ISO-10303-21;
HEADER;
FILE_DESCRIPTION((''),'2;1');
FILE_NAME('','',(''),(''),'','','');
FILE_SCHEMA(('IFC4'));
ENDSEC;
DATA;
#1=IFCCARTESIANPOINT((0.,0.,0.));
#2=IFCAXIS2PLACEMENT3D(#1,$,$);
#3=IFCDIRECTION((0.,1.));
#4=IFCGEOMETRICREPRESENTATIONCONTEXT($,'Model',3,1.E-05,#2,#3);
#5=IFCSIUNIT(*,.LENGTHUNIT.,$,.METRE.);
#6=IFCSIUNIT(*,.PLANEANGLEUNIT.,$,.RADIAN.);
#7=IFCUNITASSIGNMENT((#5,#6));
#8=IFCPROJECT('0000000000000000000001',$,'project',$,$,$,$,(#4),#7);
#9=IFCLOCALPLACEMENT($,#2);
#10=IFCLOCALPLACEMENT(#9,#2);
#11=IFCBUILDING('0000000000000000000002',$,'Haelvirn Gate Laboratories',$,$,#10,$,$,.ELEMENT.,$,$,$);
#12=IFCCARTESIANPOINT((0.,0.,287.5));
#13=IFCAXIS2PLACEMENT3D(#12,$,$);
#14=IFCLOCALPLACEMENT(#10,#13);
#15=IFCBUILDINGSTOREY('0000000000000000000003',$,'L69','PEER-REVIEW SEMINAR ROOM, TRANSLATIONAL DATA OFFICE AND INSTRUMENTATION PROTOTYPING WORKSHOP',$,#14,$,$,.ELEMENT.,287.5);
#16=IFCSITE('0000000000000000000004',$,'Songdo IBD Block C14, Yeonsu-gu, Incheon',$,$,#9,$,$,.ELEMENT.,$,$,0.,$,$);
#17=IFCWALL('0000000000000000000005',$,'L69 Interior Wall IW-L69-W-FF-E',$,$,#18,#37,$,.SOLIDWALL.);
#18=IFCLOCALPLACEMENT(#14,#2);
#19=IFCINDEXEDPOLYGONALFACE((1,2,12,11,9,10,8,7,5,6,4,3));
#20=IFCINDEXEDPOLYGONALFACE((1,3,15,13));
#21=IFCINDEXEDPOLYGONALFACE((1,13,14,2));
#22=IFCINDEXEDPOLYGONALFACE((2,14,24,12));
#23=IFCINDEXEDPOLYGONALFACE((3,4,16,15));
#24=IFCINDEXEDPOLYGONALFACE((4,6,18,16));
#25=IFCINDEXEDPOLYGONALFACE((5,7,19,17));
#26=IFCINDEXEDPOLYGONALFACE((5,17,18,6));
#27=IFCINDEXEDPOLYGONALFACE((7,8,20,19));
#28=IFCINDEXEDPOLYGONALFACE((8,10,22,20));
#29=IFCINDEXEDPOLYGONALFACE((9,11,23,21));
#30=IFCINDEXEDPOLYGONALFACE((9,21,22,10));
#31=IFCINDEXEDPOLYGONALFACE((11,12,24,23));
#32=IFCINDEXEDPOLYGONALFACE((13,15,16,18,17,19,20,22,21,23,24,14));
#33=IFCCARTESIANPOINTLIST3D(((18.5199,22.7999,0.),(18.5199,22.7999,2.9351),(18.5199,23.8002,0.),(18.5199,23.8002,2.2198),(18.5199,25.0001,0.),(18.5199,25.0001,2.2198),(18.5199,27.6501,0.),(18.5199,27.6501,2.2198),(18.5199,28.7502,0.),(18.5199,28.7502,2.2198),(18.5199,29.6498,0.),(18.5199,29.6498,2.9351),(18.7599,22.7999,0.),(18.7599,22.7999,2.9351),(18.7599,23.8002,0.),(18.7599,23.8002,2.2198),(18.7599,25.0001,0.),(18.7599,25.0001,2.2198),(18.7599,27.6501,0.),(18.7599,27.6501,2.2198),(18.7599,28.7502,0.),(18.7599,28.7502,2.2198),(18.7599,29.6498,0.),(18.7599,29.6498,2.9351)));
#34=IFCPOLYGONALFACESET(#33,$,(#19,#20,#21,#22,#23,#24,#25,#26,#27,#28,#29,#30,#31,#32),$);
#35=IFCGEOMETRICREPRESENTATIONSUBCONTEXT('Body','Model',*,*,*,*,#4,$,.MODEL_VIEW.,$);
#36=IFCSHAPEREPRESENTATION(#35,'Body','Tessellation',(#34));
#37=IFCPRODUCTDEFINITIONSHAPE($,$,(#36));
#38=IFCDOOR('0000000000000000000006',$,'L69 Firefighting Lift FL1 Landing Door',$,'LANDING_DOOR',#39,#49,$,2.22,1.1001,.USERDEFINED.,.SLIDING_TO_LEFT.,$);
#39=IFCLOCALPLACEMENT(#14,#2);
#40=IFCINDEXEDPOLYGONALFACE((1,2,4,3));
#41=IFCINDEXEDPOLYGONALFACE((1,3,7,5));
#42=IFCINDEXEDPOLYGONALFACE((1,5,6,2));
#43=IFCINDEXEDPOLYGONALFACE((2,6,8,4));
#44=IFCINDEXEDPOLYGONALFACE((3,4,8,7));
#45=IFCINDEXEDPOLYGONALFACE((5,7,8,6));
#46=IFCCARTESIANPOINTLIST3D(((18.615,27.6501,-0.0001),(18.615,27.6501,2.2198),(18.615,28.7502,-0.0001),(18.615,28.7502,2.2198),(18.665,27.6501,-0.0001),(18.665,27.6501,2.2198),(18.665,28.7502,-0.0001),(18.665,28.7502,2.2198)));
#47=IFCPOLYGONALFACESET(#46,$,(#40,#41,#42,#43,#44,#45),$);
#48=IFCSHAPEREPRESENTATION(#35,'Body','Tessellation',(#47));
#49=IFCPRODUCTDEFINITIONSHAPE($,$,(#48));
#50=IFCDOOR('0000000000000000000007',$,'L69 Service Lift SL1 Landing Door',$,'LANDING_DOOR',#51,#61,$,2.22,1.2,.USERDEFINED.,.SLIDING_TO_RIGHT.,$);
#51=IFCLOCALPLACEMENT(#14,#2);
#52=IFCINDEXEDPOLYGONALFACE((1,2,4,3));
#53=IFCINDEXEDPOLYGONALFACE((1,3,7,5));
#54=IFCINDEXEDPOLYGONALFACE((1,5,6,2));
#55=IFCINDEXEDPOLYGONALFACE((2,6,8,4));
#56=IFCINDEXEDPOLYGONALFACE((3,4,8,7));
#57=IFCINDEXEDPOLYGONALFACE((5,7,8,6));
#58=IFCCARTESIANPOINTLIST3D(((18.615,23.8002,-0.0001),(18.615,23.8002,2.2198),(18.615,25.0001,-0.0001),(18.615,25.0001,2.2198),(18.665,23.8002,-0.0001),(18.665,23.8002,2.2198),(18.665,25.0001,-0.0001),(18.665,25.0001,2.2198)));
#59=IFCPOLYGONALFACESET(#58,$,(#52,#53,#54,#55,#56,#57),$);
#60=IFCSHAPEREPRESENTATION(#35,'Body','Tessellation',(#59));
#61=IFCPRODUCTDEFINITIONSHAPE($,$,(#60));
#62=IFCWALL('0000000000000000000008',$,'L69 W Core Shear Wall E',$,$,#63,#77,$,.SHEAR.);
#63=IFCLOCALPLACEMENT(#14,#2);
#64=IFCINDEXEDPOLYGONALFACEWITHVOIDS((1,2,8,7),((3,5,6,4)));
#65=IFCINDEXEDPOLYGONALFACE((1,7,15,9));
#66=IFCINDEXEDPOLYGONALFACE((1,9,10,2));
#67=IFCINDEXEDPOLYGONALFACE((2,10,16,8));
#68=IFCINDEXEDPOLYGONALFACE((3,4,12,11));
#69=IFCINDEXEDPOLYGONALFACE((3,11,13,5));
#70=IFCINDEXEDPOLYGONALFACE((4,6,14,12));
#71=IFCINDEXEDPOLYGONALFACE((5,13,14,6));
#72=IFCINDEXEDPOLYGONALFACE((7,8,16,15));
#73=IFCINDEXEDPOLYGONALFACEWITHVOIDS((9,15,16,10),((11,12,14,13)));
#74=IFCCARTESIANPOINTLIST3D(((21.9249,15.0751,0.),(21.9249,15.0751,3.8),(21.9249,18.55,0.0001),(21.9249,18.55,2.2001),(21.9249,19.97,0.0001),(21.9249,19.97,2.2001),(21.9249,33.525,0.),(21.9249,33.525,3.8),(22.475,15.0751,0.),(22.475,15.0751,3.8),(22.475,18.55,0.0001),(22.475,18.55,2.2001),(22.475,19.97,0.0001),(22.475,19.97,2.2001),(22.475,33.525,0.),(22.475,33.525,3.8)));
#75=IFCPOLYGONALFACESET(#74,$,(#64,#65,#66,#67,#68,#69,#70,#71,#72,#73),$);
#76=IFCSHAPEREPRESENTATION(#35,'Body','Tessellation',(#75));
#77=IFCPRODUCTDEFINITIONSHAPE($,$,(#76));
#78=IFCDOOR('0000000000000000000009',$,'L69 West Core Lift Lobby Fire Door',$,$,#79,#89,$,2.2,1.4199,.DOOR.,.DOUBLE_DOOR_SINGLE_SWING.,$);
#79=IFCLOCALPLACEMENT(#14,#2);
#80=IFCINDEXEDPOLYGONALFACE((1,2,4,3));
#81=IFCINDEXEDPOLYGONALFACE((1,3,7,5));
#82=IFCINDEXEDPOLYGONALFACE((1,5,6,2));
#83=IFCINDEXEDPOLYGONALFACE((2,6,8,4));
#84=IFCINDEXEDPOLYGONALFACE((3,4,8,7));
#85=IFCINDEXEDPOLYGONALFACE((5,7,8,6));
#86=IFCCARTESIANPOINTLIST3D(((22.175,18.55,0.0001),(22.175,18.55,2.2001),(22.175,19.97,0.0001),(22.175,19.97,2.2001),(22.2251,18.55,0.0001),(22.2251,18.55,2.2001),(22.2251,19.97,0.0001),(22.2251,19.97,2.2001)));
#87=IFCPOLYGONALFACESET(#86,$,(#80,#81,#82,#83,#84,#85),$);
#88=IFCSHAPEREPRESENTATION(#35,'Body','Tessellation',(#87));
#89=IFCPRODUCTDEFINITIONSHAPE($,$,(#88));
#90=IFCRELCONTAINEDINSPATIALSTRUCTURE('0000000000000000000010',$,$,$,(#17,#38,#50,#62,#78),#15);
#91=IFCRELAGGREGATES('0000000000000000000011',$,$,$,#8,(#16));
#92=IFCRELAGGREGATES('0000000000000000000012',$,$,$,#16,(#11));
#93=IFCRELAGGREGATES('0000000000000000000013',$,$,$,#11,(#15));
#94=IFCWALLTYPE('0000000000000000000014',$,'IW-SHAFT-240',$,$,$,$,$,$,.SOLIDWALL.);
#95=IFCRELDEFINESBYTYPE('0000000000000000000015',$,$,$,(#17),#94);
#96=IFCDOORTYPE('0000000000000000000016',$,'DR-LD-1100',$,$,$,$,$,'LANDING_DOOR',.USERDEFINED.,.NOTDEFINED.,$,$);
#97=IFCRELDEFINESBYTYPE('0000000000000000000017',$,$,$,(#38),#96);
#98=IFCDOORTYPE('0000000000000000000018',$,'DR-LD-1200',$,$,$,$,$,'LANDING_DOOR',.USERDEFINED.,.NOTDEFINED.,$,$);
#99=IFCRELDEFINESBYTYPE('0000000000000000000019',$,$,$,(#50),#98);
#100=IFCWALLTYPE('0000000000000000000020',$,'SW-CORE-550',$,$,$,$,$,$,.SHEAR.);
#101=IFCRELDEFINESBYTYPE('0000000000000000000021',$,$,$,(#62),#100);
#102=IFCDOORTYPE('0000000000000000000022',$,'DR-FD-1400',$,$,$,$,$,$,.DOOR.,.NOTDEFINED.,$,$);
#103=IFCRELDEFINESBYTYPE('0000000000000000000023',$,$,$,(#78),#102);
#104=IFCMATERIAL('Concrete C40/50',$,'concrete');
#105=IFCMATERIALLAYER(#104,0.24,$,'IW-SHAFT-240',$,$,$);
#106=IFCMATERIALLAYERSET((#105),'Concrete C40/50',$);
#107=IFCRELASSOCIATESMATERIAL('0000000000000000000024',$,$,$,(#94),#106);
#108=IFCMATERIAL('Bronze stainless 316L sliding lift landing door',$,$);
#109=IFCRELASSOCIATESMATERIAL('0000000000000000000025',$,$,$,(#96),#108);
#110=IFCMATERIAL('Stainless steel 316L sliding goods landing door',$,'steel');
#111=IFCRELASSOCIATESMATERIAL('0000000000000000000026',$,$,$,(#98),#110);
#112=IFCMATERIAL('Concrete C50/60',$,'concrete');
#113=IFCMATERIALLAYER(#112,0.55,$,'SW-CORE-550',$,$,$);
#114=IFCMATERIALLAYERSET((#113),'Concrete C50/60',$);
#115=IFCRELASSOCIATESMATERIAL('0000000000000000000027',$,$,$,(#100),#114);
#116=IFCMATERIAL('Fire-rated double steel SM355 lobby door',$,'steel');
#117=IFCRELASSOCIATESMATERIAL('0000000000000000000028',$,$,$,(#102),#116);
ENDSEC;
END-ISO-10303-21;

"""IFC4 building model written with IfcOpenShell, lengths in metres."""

from ifc_helpers import new_model, si_unit, direction, frame, frame_2d, origin, place, context, subcontext, project, spatial, rectangle, extrude, source, transform, mapped, material, layer, layer_set, type_object, type_shapes, element, fill, save


model = new_model("IFC4")

# Units and contexts
model_context = context("Model", 3, precision=1e-05, world=origin(), true_north=direction((0.0, 1.0)))
body_context = subcontext(model_context, "Body", "Model", "MODEL_VIEW")
ifc_project = project(units=[si_unit("LENGTHUNIT", "METRE"), si_unit("PLANEANGLEUNIT", "RADIAN")], contexts=[model_context])

# Site, building, storey
site_placement = place(None, origin())
site = spatial("IfcSite", under=ifc_project, at=site_placement, Name="Songdo IBD Block C14, Yeonsu-gu, Incheon", CompositionType="ELEMENT", RefElevation=0.0)
building_placement = place(site_placement, origin())
building = spatial("IfcBuilding", under=site, at=building_placement, Name="Haelvirn Gate Laboratories", CompositionType="ELEMENT")
storey_placement = place(building_placement, frame((0.0, 0.0, 287.5)))
storey = spatial("IfcBuildingStorey", under=building, at=storey_placement, Name="L69", Description="PEER-REVIEW SEMINAR ROOM, TRANSLATIONAL DATA OFFICE AND INSTRUMENTATION PROTOTYPING WORKSHOP", CompositionType="ELEMENT", Elevation=287.5)

# Shared definitions
ifc_material_1 = material(Name="Concrete C40/50", Category="concrete")

# Wall, openings, doors
ifc_layer_1 = layer(ifc_material_1, 0.24, Name="IW-SHAFT-240")
ifc_layer_set_1 = layer_set([ifc_layer_1], Name="Concrete C40/50")
wall_type_1 = type_object("IfcWallType", Name="IW-SHAFT-240", PredefinedType="SOLIDWALL", material=ifc_layer_set_1)
wall_1_placement = place(storey_placement, frame((18.6399, 22.8, 0.0), z_axis=(0.0, 0.0, 1.0), x_axis=(0.0, 1.0, 0.0)))
wall_1 = element("IfcWall", 1, at=wall_1_placement, inside=storey, type_object=wall_type_1, Name="L69 Interior Wall IW-L69-W-FF-E", PredefinedType="SOLIDWALL", context=body_context, shape_type="SweptSolid", body=[
    extrude(rectangle(XDim=6.8499, YDim=0.24, at=frame_2d((3.4248, 0.0))), origin(), (0.0, 0.0, 1.0), 2.9351),
])
opening_1_placement = place(wall_1_placement, frame((4.8501, 0.0, 0.0)))
opening_1 = element("IfcOpeningElement", 2, at=opening_1_placement, cuts=wall_1, PredefinedType="OPENING", context=body_context, shape_type="SweptSolid", body=[
    extrude(rectangle(XDim=1.1001, YDim=2.22, at=frame_2d((0.55, 1.1099))), frame((0.0, 0.1299, 0.0), z_axis=(0.0, -1.0, 0.0), x_axis=(1.0, 0.0, 0.0)), (0.0, 0.0, 1.0), 0.26),
])
opening_2_placement = place(wall_1_placement, frame((1.0, 0.0, 0.0)))
opening_2 = element("IfcOpeningElement", 3, at=opening_2_placement, cuts=wall_1, PredefinedType="OPENING", context=body_context, shape_type="SweptSolid", body=[
    extrude(rectangle(XDim=1.2, YDim=2.22, at=frame_2d((0.6001, 1.1099))), frame((0.0, 0.1299, 0.0), z_axis=(0.0, -1.0, 0.0), x_axis=(1.0, 0.0, 0.0)), (0.0, 0.0, 1.0), 0.26),
])
ifc_material_2 = material(Name="Bronze stainless 316L sliding lift landing door")
door_type_1 = type_object("IfcDoorType", Name="DR-LD-1100", ElementType="LANDING_DOOR", OperationType="NOTDEFINED", PredefinedType="USERDEFINED", material=ifc_material_2)
shared_shape_1 = source(origin(), body_context, "Body", "SweptSolid", [
    extrude(rectangle(XDim=1.1001, YDim=2.22, at=frame_2d((0.55, 1.1099))), frame((0.0, 0.0249, 0.0), z_axis=(0.0, -1.0, 0.0), x_axis=(1.0, 0.0, 0.0)), (0.0, 0.0, 1.0), 0.05),
])
type_shapes(door_type_1, [shared_shape_1])
door_1_placement = place(opening_1_placement, origin())
door_1 = element("IfcDoor", 4, at=door_1_placement, inside=storey, type_object=door_type_1, Name="L69 Firefighting Lift FL1 Landing Door", ObjectType="LANDING_DOOR", OperationType="SLIDING_TO_LEFT", OverallHeight=2.22, OverallWidth=1.1001, PredefinedType="USERDEFINED", context=body_context, shape_type="MappedRepresentation", body=[
    mapped(shared_shape_1, transform((0.0, 0.0, 0.0), scale=1.0)),
])
fill(opening_1, door_1)
ifc_material_3 = material(Name="Stainless steel 316L sliding goods landing door", Category="steel")
door_type_2 = type_object("IfcDoorType", Name="DR-LD-1200", ElementType="LANDING_DOOR", OperationType="NOTDEFINED", PredefinedType="USERDEFINED", material=ifc_material_3)
shared_shape_2 = source(origin(), body_context, "Body", "SweptSolid", [
    extrude(rectangle(XDim=1.2, YDim=2.22, at=frame_2d((0.6001, 1.1099))), frame((0.0, 0.0249, 0.0), z_axis=(0.0, -1.0, 0.0), x_axis=(1.0, 0.0, 0.0)), (0.0, 0.0, 1.0), 0.05),
])
type_shapes(door_type_2, [shared_shape_2])
door_2_placement = place(opening_2_placement, origin())
door_2 = element("IfcDoor", 5, at=door_2_placement, inside=storey, type_object=door_type_2, Name="L69 Service Lift SL1 Landing Door", ObjectType="LANDING_DOOR", OperationType="SLIDING_TO_RIGHT", OverallHeight=2.22, OverallWidth=1.2, PredefinedType="USERDEFINED", context=body_context, shape_type="MappedRepresentation", body=[
    mapped(shared_shape_2, transform((0.0, 0.0, 0.0), scale=1.0)),
])
fill(opening_2, door_2)

# Wall, opening, door
ifc_material_4 = material(Name="Concrete C50/60", Category="concrete")
ifc_layer_2 = layer(ifc_material_4, 0.55, Name="SW-CORE-550")
ifc_layer_set_2 = layer_set([ifc_layer_2], Name="Concrete C50/60")
wall_type_2 = type_object("IfcWallType", Name="SW-CORE-550", PredefinedType="SHEAR", material=ifc_layer_set_2)
wall_2_placement = place(storey_placement, frame((22.2, 15.075, 0.0), z_axis=(0.0, 0.0, 1.0), x_axis=(0.0, 1.0, 0.0)))
wall_2 = element("IfcWall", 6, at=wall_2_placement, inside=storey, type_object=wall_type_2, Name="L69 W Core Shear Wall E", PredefinedType="SHEAR", context=body_context, shape_type="SweptSolid", body=[
    extrude(rectangle(XDim=18.45, YDim=0.55, at=frame_2d((9.2251, 0.0))), origin(), (0.0, 0.0, 1.0), 3.8),
])
opening_3_placement = place(wall_2_placement, frame((3.4751, 0.0, 0.0)))
opening_3 = element("IfcOpeningElement", 7, at=opening_3_placement, cuts=wall_2, PredefinedType="OPENING", context=body_context, shape_type="SweptSolid", body=[
    extrude(rectangle(XDim=1.4199, YDim=2.2, at=frame_2d((0.71, 1.1001))), frame((0.0, 0.2852, 0.0), z_axis=(0.0, -1.0, 0.0), x_axis=(1.0, 0.0, 0.0)), (0.0, 0.0, 1.0), 0.5701),
])
ifc_material_5 = material(Name="Fire-rated double steel SM355 lobby door", Category="steel")
door_type_3 = type_object("IfcDoorType", Name="DR-FD-1400", OperationType="NOTDEFINED", PredefinedType="DOOR", material=ifc_material_5)
shared_shape_3 = source(origin(), body_context, "Body", "SweptSolid", [
    extrude(rectangle(XDim=1.4199, YDim=2.2, at=frame_2d((0.71, 1.1001))), frame((0.0, 0.0249, 0.0), z_axis=(0.0, -1.0, 0.0), x_axis=(1.0, 0.0, 0.0)), (0.0, 0.0, 1.0), 0.05),
])
type_shapes(door_type_3, [shared_shape_3])
door_3_placement = place(opening_3_placement, origin())
door_3 = element("IfcDoor", 8, at=door_3_placement, inside=storey, type_object=door_type_3, Name="L69 West Core Lift Lobby Fire Door", OperationType="DOUBLE_DOOR_SINGLE_SWING", OverallHeight=2.2, OverallWidth=1.4199, PredefinedType="DOOR", context=body_context, shape_type="MappedRepresentation", body=[
    mapped(shared_shape_3, transform((0.0, 0.0, 0.0), scale=1.0)),
])
fill(opening_3, door_3)

save(model, "model.ifc")
